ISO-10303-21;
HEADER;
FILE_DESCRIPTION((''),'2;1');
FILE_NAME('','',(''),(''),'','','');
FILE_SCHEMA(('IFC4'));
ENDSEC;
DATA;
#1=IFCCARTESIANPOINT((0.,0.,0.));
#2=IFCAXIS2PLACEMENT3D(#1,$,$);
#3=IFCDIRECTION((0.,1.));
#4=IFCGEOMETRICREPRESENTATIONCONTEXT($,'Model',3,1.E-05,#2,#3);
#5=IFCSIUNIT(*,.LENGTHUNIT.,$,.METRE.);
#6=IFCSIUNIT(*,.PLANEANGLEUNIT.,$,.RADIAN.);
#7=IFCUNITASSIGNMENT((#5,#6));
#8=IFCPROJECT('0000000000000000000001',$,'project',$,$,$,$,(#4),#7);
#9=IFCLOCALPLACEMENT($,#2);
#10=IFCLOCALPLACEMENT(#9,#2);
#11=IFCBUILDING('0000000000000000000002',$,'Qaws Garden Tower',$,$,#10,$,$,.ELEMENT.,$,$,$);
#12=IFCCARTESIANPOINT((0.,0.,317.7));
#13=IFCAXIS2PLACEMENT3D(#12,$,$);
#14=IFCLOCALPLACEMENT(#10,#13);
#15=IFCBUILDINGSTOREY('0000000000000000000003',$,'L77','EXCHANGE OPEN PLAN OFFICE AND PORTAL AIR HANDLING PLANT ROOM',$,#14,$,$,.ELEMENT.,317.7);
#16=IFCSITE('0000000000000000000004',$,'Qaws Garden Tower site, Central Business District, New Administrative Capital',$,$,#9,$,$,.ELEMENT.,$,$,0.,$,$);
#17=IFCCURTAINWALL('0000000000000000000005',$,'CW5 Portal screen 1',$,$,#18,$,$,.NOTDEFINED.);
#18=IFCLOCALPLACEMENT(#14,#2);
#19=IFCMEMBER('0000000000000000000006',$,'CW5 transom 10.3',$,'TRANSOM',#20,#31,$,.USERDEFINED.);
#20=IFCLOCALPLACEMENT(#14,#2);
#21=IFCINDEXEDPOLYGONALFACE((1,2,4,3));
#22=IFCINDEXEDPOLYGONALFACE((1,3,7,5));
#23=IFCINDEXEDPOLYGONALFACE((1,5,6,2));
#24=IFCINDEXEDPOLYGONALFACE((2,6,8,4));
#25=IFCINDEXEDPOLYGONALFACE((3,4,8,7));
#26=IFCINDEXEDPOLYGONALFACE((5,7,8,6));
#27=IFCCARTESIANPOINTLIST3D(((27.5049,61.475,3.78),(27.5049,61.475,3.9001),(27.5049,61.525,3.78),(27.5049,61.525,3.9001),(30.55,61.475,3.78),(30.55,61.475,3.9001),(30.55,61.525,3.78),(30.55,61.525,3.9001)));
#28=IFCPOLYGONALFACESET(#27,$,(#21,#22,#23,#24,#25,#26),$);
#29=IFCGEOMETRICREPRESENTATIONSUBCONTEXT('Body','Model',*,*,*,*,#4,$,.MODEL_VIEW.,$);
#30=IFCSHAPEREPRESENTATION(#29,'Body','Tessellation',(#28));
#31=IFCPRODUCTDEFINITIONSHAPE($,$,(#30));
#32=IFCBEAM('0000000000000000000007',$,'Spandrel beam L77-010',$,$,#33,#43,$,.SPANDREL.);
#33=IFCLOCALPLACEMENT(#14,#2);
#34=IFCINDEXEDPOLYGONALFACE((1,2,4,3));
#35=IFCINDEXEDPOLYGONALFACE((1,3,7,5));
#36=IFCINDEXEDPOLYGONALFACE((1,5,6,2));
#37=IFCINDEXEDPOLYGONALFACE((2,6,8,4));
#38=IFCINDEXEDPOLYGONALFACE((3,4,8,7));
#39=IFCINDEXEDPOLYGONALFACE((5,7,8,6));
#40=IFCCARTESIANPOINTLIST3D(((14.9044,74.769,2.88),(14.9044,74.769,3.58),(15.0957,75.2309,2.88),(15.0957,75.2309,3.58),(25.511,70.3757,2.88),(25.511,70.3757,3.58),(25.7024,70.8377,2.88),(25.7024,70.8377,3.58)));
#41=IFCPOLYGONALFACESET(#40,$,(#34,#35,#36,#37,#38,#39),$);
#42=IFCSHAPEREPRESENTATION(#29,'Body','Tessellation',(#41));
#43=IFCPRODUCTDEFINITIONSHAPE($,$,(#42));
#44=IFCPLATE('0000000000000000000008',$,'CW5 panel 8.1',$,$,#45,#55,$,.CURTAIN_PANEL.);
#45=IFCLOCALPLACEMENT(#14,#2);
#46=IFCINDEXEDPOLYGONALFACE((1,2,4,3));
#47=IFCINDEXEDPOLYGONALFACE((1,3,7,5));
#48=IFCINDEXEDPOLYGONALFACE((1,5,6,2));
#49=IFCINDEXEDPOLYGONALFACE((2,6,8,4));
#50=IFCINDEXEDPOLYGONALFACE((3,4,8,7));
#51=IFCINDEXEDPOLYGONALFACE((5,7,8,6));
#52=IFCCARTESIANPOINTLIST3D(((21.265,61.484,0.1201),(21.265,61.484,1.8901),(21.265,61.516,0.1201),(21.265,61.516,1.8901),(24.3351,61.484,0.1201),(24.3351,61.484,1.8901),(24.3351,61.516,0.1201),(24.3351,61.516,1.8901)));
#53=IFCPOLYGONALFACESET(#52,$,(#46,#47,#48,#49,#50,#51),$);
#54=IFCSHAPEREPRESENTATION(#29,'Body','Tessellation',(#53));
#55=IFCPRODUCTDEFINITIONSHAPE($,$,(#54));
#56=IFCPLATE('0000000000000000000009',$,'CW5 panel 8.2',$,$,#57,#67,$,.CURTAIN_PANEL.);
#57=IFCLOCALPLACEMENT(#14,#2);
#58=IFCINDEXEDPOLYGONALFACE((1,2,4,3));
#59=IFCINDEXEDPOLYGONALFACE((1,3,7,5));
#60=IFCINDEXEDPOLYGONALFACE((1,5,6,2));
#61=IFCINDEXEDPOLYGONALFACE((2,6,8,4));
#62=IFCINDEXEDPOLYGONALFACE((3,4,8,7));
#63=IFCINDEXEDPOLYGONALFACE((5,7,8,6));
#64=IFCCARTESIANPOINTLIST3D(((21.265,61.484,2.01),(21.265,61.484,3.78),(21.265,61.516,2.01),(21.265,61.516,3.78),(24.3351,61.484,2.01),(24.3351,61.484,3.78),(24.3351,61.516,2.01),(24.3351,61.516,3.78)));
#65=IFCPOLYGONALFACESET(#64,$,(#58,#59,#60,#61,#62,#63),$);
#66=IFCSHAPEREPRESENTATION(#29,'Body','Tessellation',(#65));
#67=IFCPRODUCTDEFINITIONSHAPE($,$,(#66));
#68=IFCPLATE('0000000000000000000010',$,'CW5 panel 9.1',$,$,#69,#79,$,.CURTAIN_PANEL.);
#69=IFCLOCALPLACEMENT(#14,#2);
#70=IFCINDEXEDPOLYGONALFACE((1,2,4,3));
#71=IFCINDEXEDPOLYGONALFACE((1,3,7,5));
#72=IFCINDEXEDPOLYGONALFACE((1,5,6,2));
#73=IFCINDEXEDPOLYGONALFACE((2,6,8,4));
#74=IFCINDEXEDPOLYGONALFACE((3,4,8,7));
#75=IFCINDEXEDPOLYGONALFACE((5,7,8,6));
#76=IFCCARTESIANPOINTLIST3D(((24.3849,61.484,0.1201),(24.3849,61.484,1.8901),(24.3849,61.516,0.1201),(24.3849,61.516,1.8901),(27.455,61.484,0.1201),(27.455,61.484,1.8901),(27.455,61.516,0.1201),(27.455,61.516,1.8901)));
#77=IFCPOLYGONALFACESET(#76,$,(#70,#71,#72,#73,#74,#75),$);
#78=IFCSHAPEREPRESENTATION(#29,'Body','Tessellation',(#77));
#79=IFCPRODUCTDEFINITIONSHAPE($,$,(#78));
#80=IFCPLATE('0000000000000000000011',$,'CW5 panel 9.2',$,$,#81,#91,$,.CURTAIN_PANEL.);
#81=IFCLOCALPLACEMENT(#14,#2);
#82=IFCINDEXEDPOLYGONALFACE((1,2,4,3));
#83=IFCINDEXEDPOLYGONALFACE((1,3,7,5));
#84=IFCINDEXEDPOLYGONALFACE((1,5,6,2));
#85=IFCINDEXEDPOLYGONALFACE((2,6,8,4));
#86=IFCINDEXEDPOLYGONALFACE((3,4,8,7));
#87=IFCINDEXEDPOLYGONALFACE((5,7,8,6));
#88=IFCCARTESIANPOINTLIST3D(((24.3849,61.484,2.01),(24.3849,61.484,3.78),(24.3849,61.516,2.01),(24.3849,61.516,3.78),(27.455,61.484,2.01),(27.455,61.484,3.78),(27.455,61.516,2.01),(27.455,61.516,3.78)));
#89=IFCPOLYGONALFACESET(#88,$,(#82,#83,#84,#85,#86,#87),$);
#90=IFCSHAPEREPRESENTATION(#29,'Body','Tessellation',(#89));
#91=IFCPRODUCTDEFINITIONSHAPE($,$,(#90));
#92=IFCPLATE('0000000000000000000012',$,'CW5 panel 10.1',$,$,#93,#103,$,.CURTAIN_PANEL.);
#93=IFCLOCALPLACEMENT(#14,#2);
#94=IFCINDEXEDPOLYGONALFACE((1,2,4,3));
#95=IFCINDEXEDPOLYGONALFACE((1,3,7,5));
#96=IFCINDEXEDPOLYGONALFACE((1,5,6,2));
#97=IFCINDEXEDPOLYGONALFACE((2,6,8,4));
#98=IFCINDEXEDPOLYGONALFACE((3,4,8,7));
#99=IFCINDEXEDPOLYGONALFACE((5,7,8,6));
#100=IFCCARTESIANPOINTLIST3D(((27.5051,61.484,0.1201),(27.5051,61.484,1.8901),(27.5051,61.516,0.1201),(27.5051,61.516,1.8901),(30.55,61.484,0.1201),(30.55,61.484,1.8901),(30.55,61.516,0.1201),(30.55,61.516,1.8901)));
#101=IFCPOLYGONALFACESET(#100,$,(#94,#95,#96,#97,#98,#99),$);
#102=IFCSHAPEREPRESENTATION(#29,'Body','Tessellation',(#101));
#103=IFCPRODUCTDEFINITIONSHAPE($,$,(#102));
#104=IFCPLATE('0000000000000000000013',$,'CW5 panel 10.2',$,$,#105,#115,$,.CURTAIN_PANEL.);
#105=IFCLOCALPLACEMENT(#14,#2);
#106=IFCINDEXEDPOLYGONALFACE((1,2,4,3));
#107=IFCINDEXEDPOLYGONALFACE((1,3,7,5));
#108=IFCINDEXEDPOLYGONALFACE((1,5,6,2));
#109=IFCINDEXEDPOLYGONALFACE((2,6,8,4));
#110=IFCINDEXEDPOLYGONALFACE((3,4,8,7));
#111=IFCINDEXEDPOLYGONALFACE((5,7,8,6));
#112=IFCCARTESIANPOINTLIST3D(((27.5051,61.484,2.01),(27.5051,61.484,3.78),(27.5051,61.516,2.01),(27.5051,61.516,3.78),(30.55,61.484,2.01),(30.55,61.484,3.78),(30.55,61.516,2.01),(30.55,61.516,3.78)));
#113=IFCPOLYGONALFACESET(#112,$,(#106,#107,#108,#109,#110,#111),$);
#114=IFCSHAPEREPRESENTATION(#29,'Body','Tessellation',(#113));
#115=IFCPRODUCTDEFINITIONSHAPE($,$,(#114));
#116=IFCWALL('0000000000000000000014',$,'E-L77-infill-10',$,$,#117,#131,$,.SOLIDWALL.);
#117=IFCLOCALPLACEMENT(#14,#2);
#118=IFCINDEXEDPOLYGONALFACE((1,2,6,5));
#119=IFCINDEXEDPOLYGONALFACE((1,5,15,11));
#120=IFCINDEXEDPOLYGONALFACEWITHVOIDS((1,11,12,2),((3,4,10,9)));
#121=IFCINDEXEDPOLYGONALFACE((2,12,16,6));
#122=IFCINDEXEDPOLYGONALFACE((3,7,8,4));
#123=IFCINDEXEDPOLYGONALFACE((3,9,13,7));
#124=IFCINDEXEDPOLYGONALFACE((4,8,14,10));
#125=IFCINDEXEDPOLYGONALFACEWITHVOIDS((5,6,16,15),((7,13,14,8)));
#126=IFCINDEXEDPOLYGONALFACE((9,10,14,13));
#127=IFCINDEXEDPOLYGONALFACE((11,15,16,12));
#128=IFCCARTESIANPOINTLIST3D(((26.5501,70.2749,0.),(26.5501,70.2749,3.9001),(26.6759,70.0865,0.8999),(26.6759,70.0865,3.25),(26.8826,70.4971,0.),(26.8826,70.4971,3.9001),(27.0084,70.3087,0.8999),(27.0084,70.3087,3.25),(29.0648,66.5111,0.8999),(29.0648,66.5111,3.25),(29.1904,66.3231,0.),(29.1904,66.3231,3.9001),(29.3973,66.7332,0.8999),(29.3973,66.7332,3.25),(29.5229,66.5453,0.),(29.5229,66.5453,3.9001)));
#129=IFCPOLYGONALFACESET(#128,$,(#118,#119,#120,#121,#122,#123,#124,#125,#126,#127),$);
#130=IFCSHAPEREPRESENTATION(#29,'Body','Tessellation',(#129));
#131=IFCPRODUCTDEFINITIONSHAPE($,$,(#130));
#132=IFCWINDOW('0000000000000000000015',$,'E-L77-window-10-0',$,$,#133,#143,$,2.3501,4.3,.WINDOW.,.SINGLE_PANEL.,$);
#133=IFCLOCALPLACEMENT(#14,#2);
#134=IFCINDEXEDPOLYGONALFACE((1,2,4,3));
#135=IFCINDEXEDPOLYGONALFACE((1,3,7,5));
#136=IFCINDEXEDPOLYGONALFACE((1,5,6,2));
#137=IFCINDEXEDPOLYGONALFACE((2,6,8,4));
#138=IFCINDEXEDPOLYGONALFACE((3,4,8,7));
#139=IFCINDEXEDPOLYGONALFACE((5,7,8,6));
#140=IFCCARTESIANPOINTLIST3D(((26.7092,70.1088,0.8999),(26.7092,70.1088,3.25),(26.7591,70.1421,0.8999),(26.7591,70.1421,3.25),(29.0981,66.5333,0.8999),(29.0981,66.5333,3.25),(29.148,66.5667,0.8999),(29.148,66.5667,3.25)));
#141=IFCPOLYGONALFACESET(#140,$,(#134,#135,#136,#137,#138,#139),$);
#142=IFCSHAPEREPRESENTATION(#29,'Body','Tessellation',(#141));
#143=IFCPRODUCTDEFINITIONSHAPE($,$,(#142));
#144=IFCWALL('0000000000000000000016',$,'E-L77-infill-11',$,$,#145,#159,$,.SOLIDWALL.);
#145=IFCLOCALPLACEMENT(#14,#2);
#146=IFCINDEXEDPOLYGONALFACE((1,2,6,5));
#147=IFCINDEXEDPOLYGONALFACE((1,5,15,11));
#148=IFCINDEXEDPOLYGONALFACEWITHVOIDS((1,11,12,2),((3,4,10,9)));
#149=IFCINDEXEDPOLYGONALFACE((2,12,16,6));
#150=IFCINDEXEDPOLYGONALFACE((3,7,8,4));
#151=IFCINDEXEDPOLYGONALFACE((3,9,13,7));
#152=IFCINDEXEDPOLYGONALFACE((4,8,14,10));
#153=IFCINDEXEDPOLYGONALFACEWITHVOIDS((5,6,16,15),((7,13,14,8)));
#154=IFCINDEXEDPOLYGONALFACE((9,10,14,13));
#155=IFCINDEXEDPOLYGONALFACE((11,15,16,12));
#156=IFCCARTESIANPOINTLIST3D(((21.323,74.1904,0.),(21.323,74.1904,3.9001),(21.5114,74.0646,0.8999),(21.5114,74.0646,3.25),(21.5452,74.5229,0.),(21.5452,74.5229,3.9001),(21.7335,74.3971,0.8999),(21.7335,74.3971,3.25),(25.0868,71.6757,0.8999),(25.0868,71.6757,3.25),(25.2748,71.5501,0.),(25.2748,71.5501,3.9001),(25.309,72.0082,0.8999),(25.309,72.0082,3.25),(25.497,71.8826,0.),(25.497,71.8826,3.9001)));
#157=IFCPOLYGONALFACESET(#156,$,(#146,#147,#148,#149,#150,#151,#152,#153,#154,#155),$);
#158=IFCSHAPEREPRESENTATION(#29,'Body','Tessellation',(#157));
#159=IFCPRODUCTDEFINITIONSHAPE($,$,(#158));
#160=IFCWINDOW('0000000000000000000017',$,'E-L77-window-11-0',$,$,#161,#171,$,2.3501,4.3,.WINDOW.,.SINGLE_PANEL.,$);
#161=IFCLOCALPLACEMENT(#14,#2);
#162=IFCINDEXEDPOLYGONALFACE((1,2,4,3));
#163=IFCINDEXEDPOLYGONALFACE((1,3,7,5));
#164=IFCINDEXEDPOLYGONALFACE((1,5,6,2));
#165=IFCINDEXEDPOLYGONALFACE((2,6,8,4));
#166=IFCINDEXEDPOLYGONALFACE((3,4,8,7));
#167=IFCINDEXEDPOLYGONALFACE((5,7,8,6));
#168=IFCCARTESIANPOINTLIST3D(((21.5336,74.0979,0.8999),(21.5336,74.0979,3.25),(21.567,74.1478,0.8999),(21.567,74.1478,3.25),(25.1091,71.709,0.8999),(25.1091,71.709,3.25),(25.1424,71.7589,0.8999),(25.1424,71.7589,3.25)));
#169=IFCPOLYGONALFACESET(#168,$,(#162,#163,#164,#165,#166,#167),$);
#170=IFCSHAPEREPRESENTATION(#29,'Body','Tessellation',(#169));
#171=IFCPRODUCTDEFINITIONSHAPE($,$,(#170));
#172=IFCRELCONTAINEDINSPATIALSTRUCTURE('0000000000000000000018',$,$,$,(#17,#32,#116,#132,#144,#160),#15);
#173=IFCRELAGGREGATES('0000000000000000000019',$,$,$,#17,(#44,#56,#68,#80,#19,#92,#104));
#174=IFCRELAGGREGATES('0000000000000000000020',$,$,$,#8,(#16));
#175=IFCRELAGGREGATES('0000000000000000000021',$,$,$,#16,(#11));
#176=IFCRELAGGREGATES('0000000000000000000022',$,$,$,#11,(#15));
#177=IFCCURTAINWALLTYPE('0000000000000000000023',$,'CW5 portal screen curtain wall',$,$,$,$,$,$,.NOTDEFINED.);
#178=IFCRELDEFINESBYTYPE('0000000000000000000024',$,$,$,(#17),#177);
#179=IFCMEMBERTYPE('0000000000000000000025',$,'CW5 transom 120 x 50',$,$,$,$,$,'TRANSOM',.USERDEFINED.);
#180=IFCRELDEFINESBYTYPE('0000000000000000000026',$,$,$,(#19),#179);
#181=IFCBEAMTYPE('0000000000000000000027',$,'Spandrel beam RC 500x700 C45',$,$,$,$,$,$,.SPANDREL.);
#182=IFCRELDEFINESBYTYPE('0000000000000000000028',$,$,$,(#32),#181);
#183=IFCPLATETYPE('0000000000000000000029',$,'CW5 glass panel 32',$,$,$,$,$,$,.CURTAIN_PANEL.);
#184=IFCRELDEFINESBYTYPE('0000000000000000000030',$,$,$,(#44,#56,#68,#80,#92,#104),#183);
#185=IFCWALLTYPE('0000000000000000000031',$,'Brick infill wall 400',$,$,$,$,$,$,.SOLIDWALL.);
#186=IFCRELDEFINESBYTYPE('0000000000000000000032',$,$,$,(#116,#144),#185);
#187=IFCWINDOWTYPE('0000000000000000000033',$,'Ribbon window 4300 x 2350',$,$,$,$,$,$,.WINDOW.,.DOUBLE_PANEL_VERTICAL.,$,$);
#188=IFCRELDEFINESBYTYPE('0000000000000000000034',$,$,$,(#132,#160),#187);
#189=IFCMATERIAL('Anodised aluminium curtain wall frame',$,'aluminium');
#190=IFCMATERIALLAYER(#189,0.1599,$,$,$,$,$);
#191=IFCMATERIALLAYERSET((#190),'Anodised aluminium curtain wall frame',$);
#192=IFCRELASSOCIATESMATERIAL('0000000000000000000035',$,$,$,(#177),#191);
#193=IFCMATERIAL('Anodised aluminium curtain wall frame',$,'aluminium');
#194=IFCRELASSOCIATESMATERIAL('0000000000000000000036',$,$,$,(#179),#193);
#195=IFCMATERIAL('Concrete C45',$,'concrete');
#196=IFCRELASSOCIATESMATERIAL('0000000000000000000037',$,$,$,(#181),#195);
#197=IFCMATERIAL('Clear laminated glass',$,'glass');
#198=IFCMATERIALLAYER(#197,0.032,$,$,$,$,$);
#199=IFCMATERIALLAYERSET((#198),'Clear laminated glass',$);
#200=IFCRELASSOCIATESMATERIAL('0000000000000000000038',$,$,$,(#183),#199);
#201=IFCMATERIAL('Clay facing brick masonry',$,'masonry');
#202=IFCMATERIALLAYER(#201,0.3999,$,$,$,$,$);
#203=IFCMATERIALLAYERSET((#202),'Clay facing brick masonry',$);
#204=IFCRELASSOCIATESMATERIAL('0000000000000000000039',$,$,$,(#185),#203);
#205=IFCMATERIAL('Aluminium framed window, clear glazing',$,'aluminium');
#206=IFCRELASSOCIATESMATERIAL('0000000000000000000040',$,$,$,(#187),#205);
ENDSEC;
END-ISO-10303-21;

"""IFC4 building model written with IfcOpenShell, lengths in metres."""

from ifc_helpers import new_model, si_unit, direction, frame, frame_2d, origin, origin_2d, place, context, subcontext, project, spatial, rectangle, extrude, material, layer, layer_set, material_profile, profile_set, type_object, element, fill, aggregate, save


model = new_model("IFC4")

# Units and contexts
model_context = context("Model", 3, precision=1e-05, world=origin(), true_north=direction((0.0, 1.0)))
body_context = subcontext(model_context, "Body", "Model", "MODEL_VIEW")
ifc_project = project(units=[si_unit("LENGTHUNIT", "METRE"), si_unit("PLANEANGLEUNIT", "RADIAN")], contexts=[model_context])

# Site, building, storey
site_placement = place(None, origin())
site = spatial("IfcSite", under=ifc_project, at=site_placement, Name="Qaws Garden Tower site, Central Business District, New Administrative Capital", CompositionType="ELEMENT", RefElevation=0.0)
building_placement = place(site_placement, origin())
building = spatial("IfcBuilding", under=site, at=building_placement, Name="Qaws Garden Tower", CompositionType="ELEMENT")
storey_placement = place(building_placement, frame((0.0, 0.0, 317.7)))
storey = spatial("IfcBuildingStorey", under=building, at=storey_placement, Name="L77", Description="EXCHANGE OPEN PLAN OFFICE AND PORTAL AIR HANDLING PLANT ROOM", CompositionType="ELEMENT", Elevation=317.7)

# Curtain wall, member
ifc_material_1 = material(Name="Anodised aluminium curtain wall frame", Category="aluminium")
ifc_layer_1 = layer(ifc_material_1, 0.1599)
ifc_layer_set_1 = layer_set([ifc_layer_1], Name="Anodised aluminium curtain wall frame")
curtain_wall_type = type_object("IfcCurtainWallType", Name="CW5 portal screen curtain wall", PredefinedType="NOTDEFINED", material=ifc_layer_set_1)
curtain_wall_placement = place(storey_placement, origin())
curtain_wall = element("IfcCurtainWall", 1, at=curtain_wall_placement, inside=storey, type_object=curtain_wall_type, Name="CW5 Portal screen 1", PredefinedType="NOTDEFINED")
ifc_material_2 = material(Name="Anodised aluminium curtain wall frame", Category="aluminium")
ifc_material_profile_1 = material_profile(ifc_material_2, rectangle(XDim=0.05, YDim=0.1201, at=origin_2d()), Name="AL 50x120")
ifc_profile_set_1 = profile_set([ifc_material_profile_1], Name="Anodised aluminium curtain wall frame")
member_type_1 = type_object("IfcMemberType", Name="CW5 transom 120 x 50", ElementType="TRANSOM", PredefinedType="USERDEFINED", material=ifc_profile_set_1)
member_1_placement = place(storey_placement, frame((27.5049, 61.5, 3.8401), z_axis=(1.0, 0.0, 0.0), x_axis=(0.0, 1.0, 0.0)))
member_1 = element("IfcMember", 2, at=member_1_placement, type_object=member_type_1, Name="CW5 transom 10.3", ObjectType="TRANSOM", PredefinedType="USERDEFINED", context=body_context, shape_type="SweptSolid", body=[
    extrude(rectangle(XDim=0.05, YDim=0.1201, at=origin_2d()), origin(), (0.0, 0.0, 1.0), 3.0452),
])

# Beam
ifc_material_3 = material(Name="Concrete C45", Category="concrete")
ifc_material_profile_2 = material_profile(ifc_material_3, rectangle(XDim=0.5, YDim=0.7, at=origin_2d()), Name="RC 500x700")
ifc_profile_set_2 = profile_set([ifc_material_profile_2], Name="Concrete C45")
beam_type = type_object("IfcBeamType", Name="Spandrel beam RC 500x700 C45", PredefinedType="SPANDREL", material=ifc_profile_set_2)
beam_placement = place(storey_placement, frame((25.6067, 70.6067, 3.23), z_axis=(-0.923883, 0.382674, 0.0), x_axis=(-0.382674, -0.923883, 0.0)))
element("IfcBeam", 3, at=beam_placement, inside=storey, type_object=beam_type, Name="Spandrel beam L77-010", PredefinedType="SPANDREL", context=body_context, shape_type="SweptSolid", body=[
    extrude(rectangle(XDim=0.5, YDim=0.7, at=origin_2d()), origin(), (0.0, 0.0, 1.0), 11.4805),
])

# Plates
ifc_material_4 = material(Name="Clear laminated glass", Category="glass")
ifc_layer_2 = layer(ifc_material_4, 0.032)
ifc_layer_set_2 = layer_set([ifc_layer_2], Name="Clear laminated glass")
plate_type = type_object("IfcPlateType", Name="CW5 glass panel 32", PredefinedType="CURTAIN_PANEL", material=ifc_layer_set_2)
plate_1_placement = place(storey_placement, frame((22.8, 61.5, 0.1201), z_axis=(0.0, 0.0, 1.0), x_axis=(1.0, 0.0, 0.0)))
plate_1 = element("IfcPlate", 4, at=plate_1_placement, type_object=plate_type, Name="CW5 panel 8.1", PredefinedType="CURTAIN_PANEL", context=body_context, shape_type="SweptSolid", body=[
    extrude(rectangle(XDim=3.0701, YDim=0.032, at=origin_2d()), origin(), (0.0, 0.0, 1.0), 1.77),
])
plate_2_placement = place(storey_placement, frame((22.8, 61.5, 2.01), z_axis=(0.0, 0.0, 1.0), x_axis=(1.0, 0.0, 0.0)))
plate_2 = element("IfcPlate", 5, at=plate_2_placement, type_object=plate_type, Name="CW5 panel 8.2", PredefinedType="CURTAIN_PANEL", context=body_context, shape_type="SweptSolid", body=[
    extrude(rectangle(XDim=3.0701, YDim=0.032, at=origin_2d()), origin(), (0.0, 0.0, 1.0), 1.77),
])
plate_3_placement = place(storey_placement, frame((25.9199, 61.5, 0.1201), z_axis=(0.0, 0.0, 1.0), x_axis=(1.0, 0.0, 0.0)))
plate_3 = element("IfcPlate", 6, at=plate_3_placement, type_object=plate_type, Name="CW5 panel 9.1", PredefinedType="CURTAIN_PANEL", context=body_context, shape_type="SweptSolid", body=[
    extrude(rectangle(XDim=3.0701, YDim=0.032, at=origin_2d()), origin(), (0.0, 0.0, 1.0), 1.77),
])
plate_4_placement = place(storey_placement, frame((25.9199, 61.5, 2.01), z_axis=(0.0, 0.0, 1.0), x_axis=(1.0, 0.0, 0.0)))
plate_4 = element("IfcPlate", 7, at=plate_4_placement, type_object=plate_type, Name="CW5 panel 9.2", PredefinedType="CURTAIN_PANEL", context=body_context, shape_type="SweptSolid", body=[
    extrude(rectangle(XDim=3.0701, YDim=0.032, at=origin_2d()), origin(), (0.0, 0.0, 1.0), 1.77),
])
plate_5_placement = place(storey_placement, frame((29.0276, 61.5, 0.1201), z_axis=(0.0, 0.0, 1.0), x_axis=(1.0, 0.0, 0.0)))
plate_5 = element("IfcPlate", 8, at=plate_5_placement, type_object=plate_type, Name="CW5 panel 10.1", PredefinedType="CURTAIN_PANEL", context=body_context, shape_type="SweptSolid", body=[
    extrude(rectangle(XDim=3.0449, YDim=0.032, at=origin_2d()), origin(), (0.0, 0.0, 1.0), 1.77),
])
plate_6_placement = place(storey_placement, frame((29.0276, 61.5, 2.01), z_axis=(0.0, 0.0, 1.0), x_axis=(1.0, 0.0, 0.0)))
plate_6 = element("IfcPlate", 9, at=plate_6_placement, type_object=plate_type, Name="CW5 panel 10.2", PredefinedType="CURTAIN_PANEL", context=body_context, shape_type="SweptSolid", body=[
    extrude(rectangle(XDim=3.0449, YDim=0.032, at=origin_2d()), origin(), (0.0, 0.0, 1.0), 1.77),
])
aggregate(curtain_wall, [plate_1, plate_2, plate_3, plate_4, member_1, plate_5, plate_6])

# Walls, openings, windows
ifc_material_5 = material(Name="Clay facing brick masonry", Category="masonry")
ifc_layer_3 = layer(ifc_material_5, 0.3999)
ifc_layer_set_3 = layer_set([ifc_layer_3], Name="Clay facing brick masonry")
wall_type = type_object("IfcWallType", Name="Brick infill wall 400", PredefinedType="SOLIDWALL", material=ifc_layer_set_3)
wall_1_placement = place(storey_placement, frame((29.3567, 66.4341, 0.0), z_axis=(0.0, 0.0, 1.0), x_axis=(-0.555542, 0.831489, 0.0)))
wall_1 = element("IfcWall", 10, at=wall_1_placement, inside=storey, type_object=wall_type, Name="E-L77-infill-10", PredefinedType="SOLIDWALL", context=body_context, shape_type="SweptSolid", body=[
    extrude(rectangle(XDim=4.7527, YDim=0.3999, at=frame_2d((2.3765, 0.0))), origin(), (0.0, 0.0, 1.0), 3.9001),
])
opening_1_placement = place(wall_1_placement, frame((0.2263, 0.0, 0.8999)))
opening_1 = element("IfcOpeningElement", 11, at=opening_1_placement, cuts=wall_1, PredefinedType="OPENING", context=body_context, shape_type="SweptSolid", body=[
    extrude(rectangle(XDim=4.3, YDim=2.3501, at=frame_2d((2.1499, 1.175))), frame((0.0, 0.21, 0.0), z_axis=(0.0, -1.0, 0.0), x_axis=(1.0, 0.0, 0.0)), (0.0, 0.0, 1.0), 0.4199),
])
ifc_material_6 = material(Name="Aluminium framed window, clear glazing", Category="aluminium")
window_type = type_object("IfcWindowType", Name="Ribbon window 4300 x 2350", PartitioningType="DOUBLE_PANEL_VERTICAL", PredefinedType="WINDOW", material=ifc_material_6)
window_1_placement = place(opening_1_placement, origin())
window_1 = element("IfcWindow", 12, at=window_1_placement, inside=storey, type_object=window_type, Name="E-L77-window-10-0", OverallHeight=2.3501, OverallWidth=4.3, PartitioningType="SINGLE_PANEL", PredefinedType="WINDOW", context=body_context, shape_type="SweptSolid", body=[
    extrude(rectangle(XDim=4.3, YDim=2.3501, at=frame_2d((2.1499, 1.175))), frame((0.0, 0.1599, 0.0), z_axis=(0.0, -1.0, 0.0), x_axis=(1.0, 0.0, 0.0)), (0.0, 0.0, 1.0), 0.0601),
])
fill(opening_1, window_1)
wall_2_placement = place(storey_placement, frame((25.386, 71.7163, 0.0), z_axis=(0.0, 0.0, 1.0), x_axis=(-0.831489, 0.555542, 0.0)))
wall_2 = element("IfcWall", 13, at=wall_2_placement, inside=storey, type_object=wall_type, Name="E-L77-infill-11", PredefinedType="SOLIDWALL", context=body_context, shape_type="SweptSolid", body=[
    extrude(rectangle(XDim=4.7527, YDim=0.3999, at=frame_2d((2.3765, 0.0))), origin(), (0.0, 0.0, 1.0), 3.9001),
])
opening_2_placement = place(wall_2_placement, frame((0.2263, 0.0, 0.8999)))
opening_2 = element("IfcOpeningElement", 14, at=opening_2_placement, cuts=wall_2, PredefinedType="OPENING", context=body_context, shape_type="SweptSolid", body=[
    extrude(rectangle(XDim=4.3, YDim=2.3501, at=frame_2d((2.1499, 1.175))), frame((0.0, 0.21, 0.0), z_axis=(0.0, -1.0, 0.0), x_axis=(1.0, 0.0, 0.0)), (0.0, 0.0, 1.0), 0.4199),
])
window_2_placement = place(opening_2_placement, origin())
window_2 = element("IfcWindow", 15, at=window_2_placement, inside=storey, type_object=window_type, Name="E-L77-window-11-0", OverallHeight=2.3501, OverallWidth=4.3, PartitioningType="SINGLE_PANEL", PredefinedType="WINDOW", context=body_context, shape_type="SweptSolid", body=[
    extrude(rectangle(XDim=4.3, YDim=2.3501, at=frame_2d((2.1499, 1.175))), frame((0.0, 0.1599, 0.0), z_axis=(0.0, -1.0, 0.0), x_axis=(1.0, 0.0, 0.0)), (0.0, 0.0, 1.0), 0.0601),
])
fill(opening_2, window_2)

save(model, "model.ifc")
